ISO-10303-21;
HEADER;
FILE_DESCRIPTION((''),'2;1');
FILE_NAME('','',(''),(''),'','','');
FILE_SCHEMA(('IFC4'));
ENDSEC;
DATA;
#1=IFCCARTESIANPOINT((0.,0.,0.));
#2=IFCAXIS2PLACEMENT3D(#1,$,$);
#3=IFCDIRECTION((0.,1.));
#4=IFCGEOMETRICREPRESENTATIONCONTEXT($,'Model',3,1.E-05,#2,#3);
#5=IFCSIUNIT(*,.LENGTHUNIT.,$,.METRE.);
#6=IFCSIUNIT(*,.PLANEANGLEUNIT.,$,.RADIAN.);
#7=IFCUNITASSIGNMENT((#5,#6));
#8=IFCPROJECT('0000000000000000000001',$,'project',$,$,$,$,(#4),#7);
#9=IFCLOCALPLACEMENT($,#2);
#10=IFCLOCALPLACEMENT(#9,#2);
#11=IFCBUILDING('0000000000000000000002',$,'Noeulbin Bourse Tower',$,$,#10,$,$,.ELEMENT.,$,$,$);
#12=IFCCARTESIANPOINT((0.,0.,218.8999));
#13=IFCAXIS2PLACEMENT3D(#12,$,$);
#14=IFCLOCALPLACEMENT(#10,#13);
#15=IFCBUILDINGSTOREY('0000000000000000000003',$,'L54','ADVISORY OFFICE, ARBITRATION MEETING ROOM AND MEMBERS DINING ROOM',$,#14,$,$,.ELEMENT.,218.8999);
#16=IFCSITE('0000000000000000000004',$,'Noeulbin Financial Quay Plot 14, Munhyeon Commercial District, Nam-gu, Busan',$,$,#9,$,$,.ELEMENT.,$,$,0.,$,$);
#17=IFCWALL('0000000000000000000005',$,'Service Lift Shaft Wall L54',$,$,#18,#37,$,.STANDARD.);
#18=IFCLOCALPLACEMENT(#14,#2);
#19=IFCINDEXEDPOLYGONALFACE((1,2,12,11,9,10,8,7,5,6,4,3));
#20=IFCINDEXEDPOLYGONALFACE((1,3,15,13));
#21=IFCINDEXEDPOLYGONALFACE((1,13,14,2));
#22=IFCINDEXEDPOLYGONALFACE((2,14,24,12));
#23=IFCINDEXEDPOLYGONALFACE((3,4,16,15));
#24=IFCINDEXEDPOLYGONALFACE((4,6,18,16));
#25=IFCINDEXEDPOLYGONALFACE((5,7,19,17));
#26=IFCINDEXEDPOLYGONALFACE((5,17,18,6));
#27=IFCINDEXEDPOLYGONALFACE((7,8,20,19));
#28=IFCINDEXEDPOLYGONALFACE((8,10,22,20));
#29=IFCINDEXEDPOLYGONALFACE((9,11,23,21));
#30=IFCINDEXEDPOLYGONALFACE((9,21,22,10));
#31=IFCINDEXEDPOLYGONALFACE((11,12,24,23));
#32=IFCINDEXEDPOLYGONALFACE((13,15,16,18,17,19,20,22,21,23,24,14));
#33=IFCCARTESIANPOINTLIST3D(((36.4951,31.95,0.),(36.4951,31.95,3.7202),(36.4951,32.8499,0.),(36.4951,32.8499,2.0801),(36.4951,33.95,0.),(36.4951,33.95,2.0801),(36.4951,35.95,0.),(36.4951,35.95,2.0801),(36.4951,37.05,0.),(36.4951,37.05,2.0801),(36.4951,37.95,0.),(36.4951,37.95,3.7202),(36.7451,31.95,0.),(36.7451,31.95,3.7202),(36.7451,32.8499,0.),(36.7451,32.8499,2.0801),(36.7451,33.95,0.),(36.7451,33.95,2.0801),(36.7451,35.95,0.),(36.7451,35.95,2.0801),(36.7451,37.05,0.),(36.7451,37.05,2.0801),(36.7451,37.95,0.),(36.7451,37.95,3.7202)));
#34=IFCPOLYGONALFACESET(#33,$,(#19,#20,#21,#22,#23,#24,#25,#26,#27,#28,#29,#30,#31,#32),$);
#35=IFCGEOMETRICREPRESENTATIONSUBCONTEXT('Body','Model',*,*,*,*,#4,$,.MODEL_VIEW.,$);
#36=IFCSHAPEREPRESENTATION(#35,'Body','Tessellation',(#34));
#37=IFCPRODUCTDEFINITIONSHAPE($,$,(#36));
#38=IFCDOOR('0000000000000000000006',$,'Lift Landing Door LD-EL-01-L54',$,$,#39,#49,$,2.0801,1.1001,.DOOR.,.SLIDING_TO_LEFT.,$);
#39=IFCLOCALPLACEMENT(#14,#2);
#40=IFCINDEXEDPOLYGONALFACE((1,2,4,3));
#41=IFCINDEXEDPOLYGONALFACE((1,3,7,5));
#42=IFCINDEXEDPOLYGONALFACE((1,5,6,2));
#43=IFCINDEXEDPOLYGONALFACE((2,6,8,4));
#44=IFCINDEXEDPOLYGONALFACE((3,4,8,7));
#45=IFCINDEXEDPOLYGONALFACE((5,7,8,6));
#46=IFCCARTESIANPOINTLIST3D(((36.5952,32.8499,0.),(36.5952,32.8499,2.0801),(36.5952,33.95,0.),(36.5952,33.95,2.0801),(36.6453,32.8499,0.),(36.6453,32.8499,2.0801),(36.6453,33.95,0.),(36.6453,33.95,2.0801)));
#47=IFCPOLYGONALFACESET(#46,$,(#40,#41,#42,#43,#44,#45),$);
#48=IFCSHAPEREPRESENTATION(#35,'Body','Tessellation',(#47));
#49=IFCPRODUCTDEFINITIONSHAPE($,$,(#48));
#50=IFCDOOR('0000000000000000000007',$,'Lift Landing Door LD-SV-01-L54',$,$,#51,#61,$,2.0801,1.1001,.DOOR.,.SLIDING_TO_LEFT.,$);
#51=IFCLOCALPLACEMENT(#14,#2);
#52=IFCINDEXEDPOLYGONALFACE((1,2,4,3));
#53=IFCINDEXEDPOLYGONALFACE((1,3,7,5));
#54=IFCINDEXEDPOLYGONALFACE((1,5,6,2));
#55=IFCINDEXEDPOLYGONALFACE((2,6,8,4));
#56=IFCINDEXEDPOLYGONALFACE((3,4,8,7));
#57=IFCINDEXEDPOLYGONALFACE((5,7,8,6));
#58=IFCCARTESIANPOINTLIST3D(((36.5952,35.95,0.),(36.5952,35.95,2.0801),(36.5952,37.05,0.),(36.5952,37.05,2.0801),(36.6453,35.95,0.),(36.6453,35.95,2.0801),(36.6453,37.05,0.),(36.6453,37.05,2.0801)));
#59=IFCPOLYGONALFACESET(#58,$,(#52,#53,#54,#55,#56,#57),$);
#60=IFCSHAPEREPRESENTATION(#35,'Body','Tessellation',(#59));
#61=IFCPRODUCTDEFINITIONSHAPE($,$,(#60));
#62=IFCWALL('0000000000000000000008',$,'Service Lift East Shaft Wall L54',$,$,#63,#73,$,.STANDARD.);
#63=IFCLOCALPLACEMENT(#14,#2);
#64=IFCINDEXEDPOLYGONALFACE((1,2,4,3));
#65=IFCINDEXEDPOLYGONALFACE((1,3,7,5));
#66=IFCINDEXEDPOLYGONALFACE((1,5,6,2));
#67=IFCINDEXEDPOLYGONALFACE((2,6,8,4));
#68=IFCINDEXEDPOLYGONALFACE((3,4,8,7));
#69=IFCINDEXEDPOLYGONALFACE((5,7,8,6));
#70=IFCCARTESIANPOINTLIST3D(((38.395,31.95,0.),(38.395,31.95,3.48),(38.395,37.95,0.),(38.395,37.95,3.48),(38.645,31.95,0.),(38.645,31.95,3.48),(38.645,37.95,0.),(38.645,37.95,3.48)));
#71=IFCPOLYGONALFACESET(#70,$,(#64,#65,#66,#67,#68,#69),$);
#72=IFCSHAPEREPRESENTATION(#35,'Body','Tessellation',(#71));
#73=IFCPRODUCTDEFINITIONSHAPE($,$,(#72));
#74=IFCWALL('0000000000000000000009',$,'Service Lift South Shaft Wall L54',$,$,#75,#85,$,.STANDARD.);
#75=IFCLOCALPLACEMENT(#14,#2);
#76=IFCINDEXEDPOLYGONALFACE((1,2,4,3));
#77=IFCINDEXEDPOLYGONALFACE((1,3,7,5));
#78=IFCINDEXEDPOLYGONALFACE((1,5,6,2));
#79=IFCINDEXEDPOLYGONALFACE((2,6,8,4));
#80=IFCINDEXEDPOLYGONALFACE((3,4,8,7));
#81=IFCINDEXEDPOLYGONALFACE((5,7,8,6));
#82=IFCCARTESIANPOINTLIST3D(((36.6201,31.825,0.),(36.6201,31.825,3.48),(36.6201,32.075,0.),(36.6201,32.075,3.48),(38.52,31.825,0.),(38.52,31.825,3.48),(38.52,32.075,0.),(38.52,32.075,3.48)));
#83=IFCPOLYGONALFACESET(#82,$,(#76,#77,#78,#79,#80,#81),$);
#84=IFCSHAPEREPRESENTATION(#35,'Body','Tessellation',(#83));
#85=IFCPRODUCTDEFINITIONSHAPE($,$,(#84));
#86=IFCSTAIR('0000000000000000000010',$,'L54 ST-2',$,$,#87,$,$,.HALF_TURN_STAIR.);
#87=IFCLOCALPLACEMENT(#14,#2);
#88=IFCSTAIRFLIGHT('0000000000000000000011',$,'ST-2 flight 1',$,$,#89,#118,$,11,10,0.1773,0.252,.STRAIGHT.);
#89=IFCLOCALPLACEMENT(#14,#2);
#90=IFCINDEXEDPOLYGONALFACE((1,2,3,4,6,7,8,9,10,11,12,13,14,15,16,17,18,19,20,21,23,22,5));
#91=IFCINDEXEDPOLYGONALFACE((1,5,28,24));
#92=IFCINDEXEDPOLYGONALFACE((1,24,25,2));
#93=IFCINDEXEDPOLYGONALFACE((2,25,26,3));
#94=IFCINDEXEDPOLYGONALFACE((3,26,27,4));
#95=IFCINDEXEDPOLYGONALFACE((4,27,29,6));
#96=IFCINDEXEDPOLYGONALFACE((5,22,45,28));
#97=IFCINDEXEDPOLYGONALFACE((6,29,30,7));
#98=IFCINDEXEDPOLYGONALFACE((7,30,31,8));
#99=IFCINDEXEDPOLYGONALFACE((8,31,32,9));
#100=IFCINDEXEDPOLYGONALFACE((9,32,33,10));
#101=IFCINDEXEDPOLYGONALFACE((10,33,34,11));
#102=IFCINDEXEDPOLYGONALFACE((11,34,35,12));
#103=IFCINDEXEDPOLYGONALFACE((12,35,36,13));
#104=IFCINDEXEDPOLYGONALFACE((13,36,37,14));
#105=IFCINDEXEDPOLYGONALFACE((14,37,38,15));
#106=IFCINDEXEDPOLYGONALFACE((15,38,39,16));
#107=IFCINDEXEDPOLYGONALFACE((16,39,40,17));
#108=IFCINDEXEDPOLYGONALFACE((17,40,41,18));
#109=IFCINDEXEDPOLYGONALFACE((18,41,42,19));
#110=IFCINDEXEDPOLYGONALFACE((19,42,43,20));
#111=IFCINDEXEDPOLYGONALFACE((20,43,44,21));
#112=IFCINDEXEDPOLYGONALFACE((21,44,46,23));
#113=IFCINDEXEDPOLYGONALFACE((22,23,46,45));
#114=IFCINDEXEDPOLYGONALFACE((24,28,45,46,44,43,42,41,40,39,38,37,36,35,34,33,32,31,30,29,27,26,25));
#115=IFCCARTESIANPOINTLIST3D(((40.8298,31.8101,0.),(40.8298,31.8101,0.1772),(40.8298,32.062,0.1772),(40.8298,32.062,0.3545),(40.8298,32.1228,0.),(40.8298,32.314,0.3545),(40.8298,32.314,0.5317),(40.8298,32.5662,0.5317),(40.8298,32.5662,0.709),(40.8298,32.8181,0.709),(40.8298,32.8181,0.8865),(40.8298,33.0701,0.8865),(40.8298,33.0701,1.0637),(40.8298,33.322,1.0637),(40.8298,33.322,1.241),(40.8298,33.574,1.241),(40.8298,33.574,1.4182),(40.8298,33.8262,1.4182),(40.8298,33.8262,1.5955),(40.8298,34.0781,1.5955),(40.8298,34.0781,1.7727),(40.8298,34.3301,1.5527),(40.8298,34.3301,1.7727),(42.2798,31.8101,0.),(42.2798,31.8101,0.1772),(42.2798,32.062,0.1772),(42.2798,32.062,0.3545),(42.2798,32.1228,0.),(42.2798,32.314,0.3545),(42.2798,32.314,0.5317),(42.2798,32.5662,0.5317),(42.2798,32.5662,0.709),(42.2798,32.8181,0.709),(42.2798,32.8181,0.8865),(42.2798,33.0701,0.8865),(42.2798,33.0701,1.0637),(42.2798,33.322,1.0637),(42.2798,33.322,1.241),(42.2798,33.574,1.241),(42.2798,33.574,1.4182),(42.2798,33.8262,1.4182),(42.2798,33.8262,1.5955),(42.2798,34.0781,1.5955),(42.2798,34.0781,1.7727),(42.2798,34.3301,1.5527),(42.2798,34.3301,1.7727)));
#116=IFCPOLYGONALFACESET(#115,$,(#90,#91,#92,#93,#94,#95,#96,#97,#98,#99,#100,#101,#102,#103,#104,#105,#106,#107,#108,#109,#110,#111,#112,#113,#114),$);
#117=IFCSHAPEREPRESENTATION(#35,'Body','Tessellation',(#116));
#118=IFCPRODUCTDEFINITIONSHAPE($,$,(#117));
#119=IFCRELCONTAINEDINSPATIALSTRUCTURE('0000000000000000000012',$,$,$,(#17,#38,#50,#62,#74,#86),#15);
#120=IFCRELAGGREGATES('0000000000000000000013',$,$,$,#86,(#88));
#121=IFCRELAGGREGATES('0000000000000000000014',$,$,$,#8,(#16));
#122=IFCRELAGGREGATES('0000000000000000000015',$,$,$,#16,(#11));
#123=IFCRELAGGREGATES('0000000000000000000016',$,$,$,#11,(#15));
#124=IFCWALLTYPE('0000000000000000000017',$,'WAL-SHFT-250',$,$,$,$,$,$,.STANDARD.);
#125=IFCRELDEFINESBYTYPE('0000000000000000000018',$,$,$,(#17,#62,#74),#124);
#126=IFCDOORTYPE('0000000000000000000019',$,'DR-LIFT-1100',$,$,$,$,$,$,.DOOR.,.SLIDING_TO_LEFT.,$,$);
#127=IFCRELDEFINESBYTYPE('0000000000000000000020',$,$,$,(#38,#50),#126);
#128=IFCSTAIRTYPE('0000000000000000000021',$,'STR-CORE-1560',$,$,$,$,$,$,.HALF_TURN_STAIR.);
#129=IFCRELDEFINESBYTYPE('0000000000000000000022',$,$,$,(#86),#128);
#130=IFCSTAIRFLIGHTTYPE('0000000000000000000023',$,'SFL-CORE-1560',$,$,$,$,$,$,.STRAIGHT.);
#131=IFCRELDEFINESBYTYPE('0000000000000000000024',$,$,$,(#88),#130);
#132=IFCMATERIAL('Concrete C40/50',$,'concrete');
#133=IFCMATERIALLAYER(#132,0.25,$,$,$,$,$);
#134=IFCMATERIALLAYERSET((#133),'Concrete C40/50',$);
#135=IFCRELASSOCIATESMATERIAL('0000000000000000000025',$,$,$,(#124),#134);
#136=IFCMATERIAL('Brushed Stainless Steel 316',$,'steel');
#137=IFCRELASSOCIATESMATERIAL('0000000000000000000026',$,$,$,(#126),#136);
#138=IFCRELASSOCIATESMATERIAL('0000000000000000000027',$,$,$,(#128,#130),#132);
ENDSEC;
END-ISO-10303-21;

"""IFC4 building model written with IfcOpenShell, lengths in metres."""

from ifc_helpers import new_model, si_unit, direction, frame, frame_2d, origin, place, context, subcontext, project, spatial, polyline, rectangle, outline, extrude, material, layer, layer_set, type_object, element, fill, aggregate, save


model = new_model("IFC4")

# Units and contexts
model_context = context("Model", 3, precision=1e-05, world=origin(), true_north=direction((0.0, 1.0)))
body_context = subcontext(model_context, "Body", "Model", "MODEL_VIEW")
ifc_project = project(units=[si_unit("LENGTHUNIT", "METRE"), si_unit("PLANEANGLEUNIT", "RADIAN")], contexts=[model_context])

# Site, building, storey
site_placement = place(None, origin())
site = spatial("IfcSite", under=ifc_project, at=site_placement, Name="Noeulbin Financial Quay Plot 14, Munhyeon Commercial District, Nam-gu, Busan", CompositionType="ELEMENT", RefElevation=0.0)
building_placement = place(site_placement, origin())
building = spatial("IfcBuilding", under=site, at=building_placement, Name="Noeulbin Bourse Tower", CompositionType="ELEMENT")
storey_placement = place(building_placement, frame((0.0, 0.0, 218.8999)))
storey = spatial("IfcBuildingStorey", under=building, at=storey_placement, Name="L54", Description="ADVISORY OFFICE, ARBITRATION MEETING ROOM AND MEMBERS DINING ROOM", CompositionType="ELEMENT", Elevation=218.8999)

# Shared definitions
ifc_material_1 = material(Name="Concrete C40/50", Category="concrete")

# Shared definitions
ifc_layer_1 = layer(ifc_material_1, 0.25)
ifc_layer_set_1 = layer_set([ifc_layer_1], Name="Concrete C40/50")
wall_type_1 = type_object("IfcWallType", Name="WAL-SHFT-250", PredefinedType="STANDARD", material=ifc_layer_set_1)

# Wall, openings, doors
wall_1_placement = place(storey_placement, frame((36.6201, 31.95, 0.0), z_axis=(0.0, 0.0, 1.0), x_axis=(0.0, 1.0, 0.0)))
wall_1 = element("IfcWall", 1, at=wall_1_placement, inside=storey, type_object=wall_type_1, Name="Service Lift Shaft Wall L54", PredefinedType="STANDARD", context=body_context, shape_type="SweptSolid", body=[
    extrude(rectangle(XDim=6.0, YDim=0.25, at=frame_2d((3.0, 0.0))), origin(), (0.0, 0.0, 1.0), 3.7202),
])
opening_1_placement = place(wall_1_placement, frame((0.8999, 0.0, 0.0)))
opening_1 = element("IfcOpeningElement", 2, at=opening_1_placement, cuts=wall_1, PredefinedType="OPENING", context=body_context, shape_type="SweptSolid", body=[
    extrude(rectangle(XDim=1.1001, YDim=2.0801, at=frame_2d((0.55, 1.04))), frame((0.0, 0.135, 0.0), z_axis=(0.0, -1.0, 0.0), x_axis=(1.0, 0.0, 0.0)), (0.0, 0.0, 1.0), 0.27),
])
opening_2_placement = place(wall_1_placement, frame((4.0, 0.0, 0.0)))
opening_2 = element("IfcOpeningElement", 3, at=opening_2_placement, cuts=wall_1, PredefinedType="OPENING", context=body_context, shape_type="SweptSolid", body=[
    extrude(rectangle(XDim=1.1001, YDim=2.0801, at=frame_2d((0.55, 1.04))), frame((0.0, 0.135, 0.0), z_axis=(0.0, -1.0, 0.0), x_axis=(1.0, 0.0, 0.0)), (0.0, 0.0, 1.0), 0.27),
])
ifc_material_2 = material(Name="Brushed Stainless Steel 316", Category="steel")
door_type_1 = type_object("IfcDoorType", Name="DR-LIFT-1100", OperationType="SLIDING_TO_LEFT", PredefinedType="DOOR", material=ifc_material_2)
door_1_placement = place(opening_1_placement, origin())
door_1 = element("IfcDoor", 4, at=door_1_placement, inside=storey, type_object=door_type_1, Name="Lift Landing Door LD-EL-01-L54", OperationType="SLIDING_TO_LEFT", OverallHeight=2.0801, OverallWidth=1.1001, PredefinedType="DOOR", context=body_context, shape_type="SweptSolid", body=[
    extrude(rectangle(XDim=1.1001, YDim=2.0801, at=frame_2d((0.55, 1.04))), frame((0.0, 0.0249, 0.0), z_axis=(0.0, -1.0, 0.0), x_axis=(1.0, 0.0, 0.0)), (0.0, 0.0, 1.0), 0.05),
])
fill(opening_1, door_1)
door_2_placement = place(opening_2_placement, origin())
door_2 = element("IfcDoor", 5, at=door_2_placement, inside=storey, type_object=door_type_1, Name="Lift Landing Door LD-SV-01-L54", OperationType="SLIDING_TO_LEFT", OverallHeight=2.0801, OverallWidth=1.1001, PredefinedType="DOOR", context=body_context, shape_type="SweptSolid", body=[
    extrude(rectangle(XDim=1.1001, YDim=2.0801, at=frame_2d((0.55, 1.04))), frame((0.0, 0.0249, 0.0), z_axis=(0.0, -1.0, 0.0), x_axis=(1.0, 0.0, 0.0)), (0.0, 0.0, 1.0), 0.05),
])
fill(opening_2, door_2)

# Walls
wall_2_placement = place(storey_placement, frame((38.52, 31.95, 0.0), z_axis=(0.0, 0.0, 1.0), x_axis=(0.0, 1.0, 0.0)))
element("IfcWall", 6, at=wall_2_placement, inside=storey, type_object=wall_type_1, Name="Service Lift East Shaft Wall L54", PredefinedType="STANDARD", context=body_context, shape_type="SweptSolid", body=[
    extrude(rectangle(XDim=6.0, YDim=0.25, at=frame_2d((3.0, 0.0))), origin(), (0.0, 0.0, 1.0), 3.48),
])
wall_3_placement = place(storey_placement, frame((36.6201, 31.95, 0.0), z_axis=(0.0, 0.0, 1.0), x_axis=(1.0, 0.0, 0.0)))
element("IfcWall", 7, at=wall_3_placement, inside=storey, type_object=wall_type_1, Name="Service Lift South Shaft Wall L54", PredefinedType="STANDARD", context=body_context, shape_type="SweptSolid", body=[
    extrude(rectangle(XDim=1.8999, YDim=0.25, at=frame_2d((0.95, 0.0))), origin(), (0.0, 0.0, 1.0), 3.48),
])

# Stair, stair flight
stair_type = type_object("IfcStairType", Name="STR-CORE-1560", PredefinedType="HALF_TURN_STAIR", material=ifc_material_1)
stair_placement = place(storey_placement, origin())
stair = element("IfcStair", 8, at=stair_placement, inside=storey, type_object=stair_type, Name="L54 ST-2", PredefinedType="HALF_TURN_STAIR")
stair_flight_type = type_object("IfcStairFlightType", Name="SFL-CORE-1560", PredefinedType="STRAIGHT", material=ifc_material_1)
stair_flight_placement = place(storey_placement, frame((41.5549, 31.8101, 0.0), z_axis=(0.0, 0.0, 1.0), x_axis=(0.0, 1.0, 0.0)))
stair_flight = element("IfcStairFlight", 9, at=stair_flight_placement, type_object=stair_flight_type, Name="ST-2 flight 1", NumberOfRisers=11, NumberOfTreads=10, PredefinedType="STRAIGHT", RiserHeight=0.1773, TreadLength=0.252, context=body_context, shape_type="SweptSolid", body=[
    extrude(outline(polyline([(0.0, 0.0), (0.0, 0.1772), (0.252, 0.1772), (0.252, 0.3545), (0.5039, 0.3545), (0.5039, 0.5317), (0.7561, 0.5317), (0.7561, 0.709), (1.0081, 0.709), (1.0081, 0.8865), (1.26, 0.8865), (1.26, 1.0637), (1.512, 1.0637), (1.512, 1.241), (1.7639, 1.241), (1.7639, 1.4182), (2.0161, 1.4182), (2.0161, 1.5955), (2.2681, 1.5955), (2.2681, 1.7727), (2.52, 1.7727), (2.52, 1.95), (2.52, 1.5527), (0.3127, 0.0), (0.0, 0.0)])), frame((0.0, 0.7251, 0.0), z_axis=(0.0, -1.0, 0.0), x_axis=(1.0, 0.0, 0.0)), (0.0, 0.0, 1.0), 1.45),
])
aggregate(stair, [stair_flight])

save(model, "model.ifc")
